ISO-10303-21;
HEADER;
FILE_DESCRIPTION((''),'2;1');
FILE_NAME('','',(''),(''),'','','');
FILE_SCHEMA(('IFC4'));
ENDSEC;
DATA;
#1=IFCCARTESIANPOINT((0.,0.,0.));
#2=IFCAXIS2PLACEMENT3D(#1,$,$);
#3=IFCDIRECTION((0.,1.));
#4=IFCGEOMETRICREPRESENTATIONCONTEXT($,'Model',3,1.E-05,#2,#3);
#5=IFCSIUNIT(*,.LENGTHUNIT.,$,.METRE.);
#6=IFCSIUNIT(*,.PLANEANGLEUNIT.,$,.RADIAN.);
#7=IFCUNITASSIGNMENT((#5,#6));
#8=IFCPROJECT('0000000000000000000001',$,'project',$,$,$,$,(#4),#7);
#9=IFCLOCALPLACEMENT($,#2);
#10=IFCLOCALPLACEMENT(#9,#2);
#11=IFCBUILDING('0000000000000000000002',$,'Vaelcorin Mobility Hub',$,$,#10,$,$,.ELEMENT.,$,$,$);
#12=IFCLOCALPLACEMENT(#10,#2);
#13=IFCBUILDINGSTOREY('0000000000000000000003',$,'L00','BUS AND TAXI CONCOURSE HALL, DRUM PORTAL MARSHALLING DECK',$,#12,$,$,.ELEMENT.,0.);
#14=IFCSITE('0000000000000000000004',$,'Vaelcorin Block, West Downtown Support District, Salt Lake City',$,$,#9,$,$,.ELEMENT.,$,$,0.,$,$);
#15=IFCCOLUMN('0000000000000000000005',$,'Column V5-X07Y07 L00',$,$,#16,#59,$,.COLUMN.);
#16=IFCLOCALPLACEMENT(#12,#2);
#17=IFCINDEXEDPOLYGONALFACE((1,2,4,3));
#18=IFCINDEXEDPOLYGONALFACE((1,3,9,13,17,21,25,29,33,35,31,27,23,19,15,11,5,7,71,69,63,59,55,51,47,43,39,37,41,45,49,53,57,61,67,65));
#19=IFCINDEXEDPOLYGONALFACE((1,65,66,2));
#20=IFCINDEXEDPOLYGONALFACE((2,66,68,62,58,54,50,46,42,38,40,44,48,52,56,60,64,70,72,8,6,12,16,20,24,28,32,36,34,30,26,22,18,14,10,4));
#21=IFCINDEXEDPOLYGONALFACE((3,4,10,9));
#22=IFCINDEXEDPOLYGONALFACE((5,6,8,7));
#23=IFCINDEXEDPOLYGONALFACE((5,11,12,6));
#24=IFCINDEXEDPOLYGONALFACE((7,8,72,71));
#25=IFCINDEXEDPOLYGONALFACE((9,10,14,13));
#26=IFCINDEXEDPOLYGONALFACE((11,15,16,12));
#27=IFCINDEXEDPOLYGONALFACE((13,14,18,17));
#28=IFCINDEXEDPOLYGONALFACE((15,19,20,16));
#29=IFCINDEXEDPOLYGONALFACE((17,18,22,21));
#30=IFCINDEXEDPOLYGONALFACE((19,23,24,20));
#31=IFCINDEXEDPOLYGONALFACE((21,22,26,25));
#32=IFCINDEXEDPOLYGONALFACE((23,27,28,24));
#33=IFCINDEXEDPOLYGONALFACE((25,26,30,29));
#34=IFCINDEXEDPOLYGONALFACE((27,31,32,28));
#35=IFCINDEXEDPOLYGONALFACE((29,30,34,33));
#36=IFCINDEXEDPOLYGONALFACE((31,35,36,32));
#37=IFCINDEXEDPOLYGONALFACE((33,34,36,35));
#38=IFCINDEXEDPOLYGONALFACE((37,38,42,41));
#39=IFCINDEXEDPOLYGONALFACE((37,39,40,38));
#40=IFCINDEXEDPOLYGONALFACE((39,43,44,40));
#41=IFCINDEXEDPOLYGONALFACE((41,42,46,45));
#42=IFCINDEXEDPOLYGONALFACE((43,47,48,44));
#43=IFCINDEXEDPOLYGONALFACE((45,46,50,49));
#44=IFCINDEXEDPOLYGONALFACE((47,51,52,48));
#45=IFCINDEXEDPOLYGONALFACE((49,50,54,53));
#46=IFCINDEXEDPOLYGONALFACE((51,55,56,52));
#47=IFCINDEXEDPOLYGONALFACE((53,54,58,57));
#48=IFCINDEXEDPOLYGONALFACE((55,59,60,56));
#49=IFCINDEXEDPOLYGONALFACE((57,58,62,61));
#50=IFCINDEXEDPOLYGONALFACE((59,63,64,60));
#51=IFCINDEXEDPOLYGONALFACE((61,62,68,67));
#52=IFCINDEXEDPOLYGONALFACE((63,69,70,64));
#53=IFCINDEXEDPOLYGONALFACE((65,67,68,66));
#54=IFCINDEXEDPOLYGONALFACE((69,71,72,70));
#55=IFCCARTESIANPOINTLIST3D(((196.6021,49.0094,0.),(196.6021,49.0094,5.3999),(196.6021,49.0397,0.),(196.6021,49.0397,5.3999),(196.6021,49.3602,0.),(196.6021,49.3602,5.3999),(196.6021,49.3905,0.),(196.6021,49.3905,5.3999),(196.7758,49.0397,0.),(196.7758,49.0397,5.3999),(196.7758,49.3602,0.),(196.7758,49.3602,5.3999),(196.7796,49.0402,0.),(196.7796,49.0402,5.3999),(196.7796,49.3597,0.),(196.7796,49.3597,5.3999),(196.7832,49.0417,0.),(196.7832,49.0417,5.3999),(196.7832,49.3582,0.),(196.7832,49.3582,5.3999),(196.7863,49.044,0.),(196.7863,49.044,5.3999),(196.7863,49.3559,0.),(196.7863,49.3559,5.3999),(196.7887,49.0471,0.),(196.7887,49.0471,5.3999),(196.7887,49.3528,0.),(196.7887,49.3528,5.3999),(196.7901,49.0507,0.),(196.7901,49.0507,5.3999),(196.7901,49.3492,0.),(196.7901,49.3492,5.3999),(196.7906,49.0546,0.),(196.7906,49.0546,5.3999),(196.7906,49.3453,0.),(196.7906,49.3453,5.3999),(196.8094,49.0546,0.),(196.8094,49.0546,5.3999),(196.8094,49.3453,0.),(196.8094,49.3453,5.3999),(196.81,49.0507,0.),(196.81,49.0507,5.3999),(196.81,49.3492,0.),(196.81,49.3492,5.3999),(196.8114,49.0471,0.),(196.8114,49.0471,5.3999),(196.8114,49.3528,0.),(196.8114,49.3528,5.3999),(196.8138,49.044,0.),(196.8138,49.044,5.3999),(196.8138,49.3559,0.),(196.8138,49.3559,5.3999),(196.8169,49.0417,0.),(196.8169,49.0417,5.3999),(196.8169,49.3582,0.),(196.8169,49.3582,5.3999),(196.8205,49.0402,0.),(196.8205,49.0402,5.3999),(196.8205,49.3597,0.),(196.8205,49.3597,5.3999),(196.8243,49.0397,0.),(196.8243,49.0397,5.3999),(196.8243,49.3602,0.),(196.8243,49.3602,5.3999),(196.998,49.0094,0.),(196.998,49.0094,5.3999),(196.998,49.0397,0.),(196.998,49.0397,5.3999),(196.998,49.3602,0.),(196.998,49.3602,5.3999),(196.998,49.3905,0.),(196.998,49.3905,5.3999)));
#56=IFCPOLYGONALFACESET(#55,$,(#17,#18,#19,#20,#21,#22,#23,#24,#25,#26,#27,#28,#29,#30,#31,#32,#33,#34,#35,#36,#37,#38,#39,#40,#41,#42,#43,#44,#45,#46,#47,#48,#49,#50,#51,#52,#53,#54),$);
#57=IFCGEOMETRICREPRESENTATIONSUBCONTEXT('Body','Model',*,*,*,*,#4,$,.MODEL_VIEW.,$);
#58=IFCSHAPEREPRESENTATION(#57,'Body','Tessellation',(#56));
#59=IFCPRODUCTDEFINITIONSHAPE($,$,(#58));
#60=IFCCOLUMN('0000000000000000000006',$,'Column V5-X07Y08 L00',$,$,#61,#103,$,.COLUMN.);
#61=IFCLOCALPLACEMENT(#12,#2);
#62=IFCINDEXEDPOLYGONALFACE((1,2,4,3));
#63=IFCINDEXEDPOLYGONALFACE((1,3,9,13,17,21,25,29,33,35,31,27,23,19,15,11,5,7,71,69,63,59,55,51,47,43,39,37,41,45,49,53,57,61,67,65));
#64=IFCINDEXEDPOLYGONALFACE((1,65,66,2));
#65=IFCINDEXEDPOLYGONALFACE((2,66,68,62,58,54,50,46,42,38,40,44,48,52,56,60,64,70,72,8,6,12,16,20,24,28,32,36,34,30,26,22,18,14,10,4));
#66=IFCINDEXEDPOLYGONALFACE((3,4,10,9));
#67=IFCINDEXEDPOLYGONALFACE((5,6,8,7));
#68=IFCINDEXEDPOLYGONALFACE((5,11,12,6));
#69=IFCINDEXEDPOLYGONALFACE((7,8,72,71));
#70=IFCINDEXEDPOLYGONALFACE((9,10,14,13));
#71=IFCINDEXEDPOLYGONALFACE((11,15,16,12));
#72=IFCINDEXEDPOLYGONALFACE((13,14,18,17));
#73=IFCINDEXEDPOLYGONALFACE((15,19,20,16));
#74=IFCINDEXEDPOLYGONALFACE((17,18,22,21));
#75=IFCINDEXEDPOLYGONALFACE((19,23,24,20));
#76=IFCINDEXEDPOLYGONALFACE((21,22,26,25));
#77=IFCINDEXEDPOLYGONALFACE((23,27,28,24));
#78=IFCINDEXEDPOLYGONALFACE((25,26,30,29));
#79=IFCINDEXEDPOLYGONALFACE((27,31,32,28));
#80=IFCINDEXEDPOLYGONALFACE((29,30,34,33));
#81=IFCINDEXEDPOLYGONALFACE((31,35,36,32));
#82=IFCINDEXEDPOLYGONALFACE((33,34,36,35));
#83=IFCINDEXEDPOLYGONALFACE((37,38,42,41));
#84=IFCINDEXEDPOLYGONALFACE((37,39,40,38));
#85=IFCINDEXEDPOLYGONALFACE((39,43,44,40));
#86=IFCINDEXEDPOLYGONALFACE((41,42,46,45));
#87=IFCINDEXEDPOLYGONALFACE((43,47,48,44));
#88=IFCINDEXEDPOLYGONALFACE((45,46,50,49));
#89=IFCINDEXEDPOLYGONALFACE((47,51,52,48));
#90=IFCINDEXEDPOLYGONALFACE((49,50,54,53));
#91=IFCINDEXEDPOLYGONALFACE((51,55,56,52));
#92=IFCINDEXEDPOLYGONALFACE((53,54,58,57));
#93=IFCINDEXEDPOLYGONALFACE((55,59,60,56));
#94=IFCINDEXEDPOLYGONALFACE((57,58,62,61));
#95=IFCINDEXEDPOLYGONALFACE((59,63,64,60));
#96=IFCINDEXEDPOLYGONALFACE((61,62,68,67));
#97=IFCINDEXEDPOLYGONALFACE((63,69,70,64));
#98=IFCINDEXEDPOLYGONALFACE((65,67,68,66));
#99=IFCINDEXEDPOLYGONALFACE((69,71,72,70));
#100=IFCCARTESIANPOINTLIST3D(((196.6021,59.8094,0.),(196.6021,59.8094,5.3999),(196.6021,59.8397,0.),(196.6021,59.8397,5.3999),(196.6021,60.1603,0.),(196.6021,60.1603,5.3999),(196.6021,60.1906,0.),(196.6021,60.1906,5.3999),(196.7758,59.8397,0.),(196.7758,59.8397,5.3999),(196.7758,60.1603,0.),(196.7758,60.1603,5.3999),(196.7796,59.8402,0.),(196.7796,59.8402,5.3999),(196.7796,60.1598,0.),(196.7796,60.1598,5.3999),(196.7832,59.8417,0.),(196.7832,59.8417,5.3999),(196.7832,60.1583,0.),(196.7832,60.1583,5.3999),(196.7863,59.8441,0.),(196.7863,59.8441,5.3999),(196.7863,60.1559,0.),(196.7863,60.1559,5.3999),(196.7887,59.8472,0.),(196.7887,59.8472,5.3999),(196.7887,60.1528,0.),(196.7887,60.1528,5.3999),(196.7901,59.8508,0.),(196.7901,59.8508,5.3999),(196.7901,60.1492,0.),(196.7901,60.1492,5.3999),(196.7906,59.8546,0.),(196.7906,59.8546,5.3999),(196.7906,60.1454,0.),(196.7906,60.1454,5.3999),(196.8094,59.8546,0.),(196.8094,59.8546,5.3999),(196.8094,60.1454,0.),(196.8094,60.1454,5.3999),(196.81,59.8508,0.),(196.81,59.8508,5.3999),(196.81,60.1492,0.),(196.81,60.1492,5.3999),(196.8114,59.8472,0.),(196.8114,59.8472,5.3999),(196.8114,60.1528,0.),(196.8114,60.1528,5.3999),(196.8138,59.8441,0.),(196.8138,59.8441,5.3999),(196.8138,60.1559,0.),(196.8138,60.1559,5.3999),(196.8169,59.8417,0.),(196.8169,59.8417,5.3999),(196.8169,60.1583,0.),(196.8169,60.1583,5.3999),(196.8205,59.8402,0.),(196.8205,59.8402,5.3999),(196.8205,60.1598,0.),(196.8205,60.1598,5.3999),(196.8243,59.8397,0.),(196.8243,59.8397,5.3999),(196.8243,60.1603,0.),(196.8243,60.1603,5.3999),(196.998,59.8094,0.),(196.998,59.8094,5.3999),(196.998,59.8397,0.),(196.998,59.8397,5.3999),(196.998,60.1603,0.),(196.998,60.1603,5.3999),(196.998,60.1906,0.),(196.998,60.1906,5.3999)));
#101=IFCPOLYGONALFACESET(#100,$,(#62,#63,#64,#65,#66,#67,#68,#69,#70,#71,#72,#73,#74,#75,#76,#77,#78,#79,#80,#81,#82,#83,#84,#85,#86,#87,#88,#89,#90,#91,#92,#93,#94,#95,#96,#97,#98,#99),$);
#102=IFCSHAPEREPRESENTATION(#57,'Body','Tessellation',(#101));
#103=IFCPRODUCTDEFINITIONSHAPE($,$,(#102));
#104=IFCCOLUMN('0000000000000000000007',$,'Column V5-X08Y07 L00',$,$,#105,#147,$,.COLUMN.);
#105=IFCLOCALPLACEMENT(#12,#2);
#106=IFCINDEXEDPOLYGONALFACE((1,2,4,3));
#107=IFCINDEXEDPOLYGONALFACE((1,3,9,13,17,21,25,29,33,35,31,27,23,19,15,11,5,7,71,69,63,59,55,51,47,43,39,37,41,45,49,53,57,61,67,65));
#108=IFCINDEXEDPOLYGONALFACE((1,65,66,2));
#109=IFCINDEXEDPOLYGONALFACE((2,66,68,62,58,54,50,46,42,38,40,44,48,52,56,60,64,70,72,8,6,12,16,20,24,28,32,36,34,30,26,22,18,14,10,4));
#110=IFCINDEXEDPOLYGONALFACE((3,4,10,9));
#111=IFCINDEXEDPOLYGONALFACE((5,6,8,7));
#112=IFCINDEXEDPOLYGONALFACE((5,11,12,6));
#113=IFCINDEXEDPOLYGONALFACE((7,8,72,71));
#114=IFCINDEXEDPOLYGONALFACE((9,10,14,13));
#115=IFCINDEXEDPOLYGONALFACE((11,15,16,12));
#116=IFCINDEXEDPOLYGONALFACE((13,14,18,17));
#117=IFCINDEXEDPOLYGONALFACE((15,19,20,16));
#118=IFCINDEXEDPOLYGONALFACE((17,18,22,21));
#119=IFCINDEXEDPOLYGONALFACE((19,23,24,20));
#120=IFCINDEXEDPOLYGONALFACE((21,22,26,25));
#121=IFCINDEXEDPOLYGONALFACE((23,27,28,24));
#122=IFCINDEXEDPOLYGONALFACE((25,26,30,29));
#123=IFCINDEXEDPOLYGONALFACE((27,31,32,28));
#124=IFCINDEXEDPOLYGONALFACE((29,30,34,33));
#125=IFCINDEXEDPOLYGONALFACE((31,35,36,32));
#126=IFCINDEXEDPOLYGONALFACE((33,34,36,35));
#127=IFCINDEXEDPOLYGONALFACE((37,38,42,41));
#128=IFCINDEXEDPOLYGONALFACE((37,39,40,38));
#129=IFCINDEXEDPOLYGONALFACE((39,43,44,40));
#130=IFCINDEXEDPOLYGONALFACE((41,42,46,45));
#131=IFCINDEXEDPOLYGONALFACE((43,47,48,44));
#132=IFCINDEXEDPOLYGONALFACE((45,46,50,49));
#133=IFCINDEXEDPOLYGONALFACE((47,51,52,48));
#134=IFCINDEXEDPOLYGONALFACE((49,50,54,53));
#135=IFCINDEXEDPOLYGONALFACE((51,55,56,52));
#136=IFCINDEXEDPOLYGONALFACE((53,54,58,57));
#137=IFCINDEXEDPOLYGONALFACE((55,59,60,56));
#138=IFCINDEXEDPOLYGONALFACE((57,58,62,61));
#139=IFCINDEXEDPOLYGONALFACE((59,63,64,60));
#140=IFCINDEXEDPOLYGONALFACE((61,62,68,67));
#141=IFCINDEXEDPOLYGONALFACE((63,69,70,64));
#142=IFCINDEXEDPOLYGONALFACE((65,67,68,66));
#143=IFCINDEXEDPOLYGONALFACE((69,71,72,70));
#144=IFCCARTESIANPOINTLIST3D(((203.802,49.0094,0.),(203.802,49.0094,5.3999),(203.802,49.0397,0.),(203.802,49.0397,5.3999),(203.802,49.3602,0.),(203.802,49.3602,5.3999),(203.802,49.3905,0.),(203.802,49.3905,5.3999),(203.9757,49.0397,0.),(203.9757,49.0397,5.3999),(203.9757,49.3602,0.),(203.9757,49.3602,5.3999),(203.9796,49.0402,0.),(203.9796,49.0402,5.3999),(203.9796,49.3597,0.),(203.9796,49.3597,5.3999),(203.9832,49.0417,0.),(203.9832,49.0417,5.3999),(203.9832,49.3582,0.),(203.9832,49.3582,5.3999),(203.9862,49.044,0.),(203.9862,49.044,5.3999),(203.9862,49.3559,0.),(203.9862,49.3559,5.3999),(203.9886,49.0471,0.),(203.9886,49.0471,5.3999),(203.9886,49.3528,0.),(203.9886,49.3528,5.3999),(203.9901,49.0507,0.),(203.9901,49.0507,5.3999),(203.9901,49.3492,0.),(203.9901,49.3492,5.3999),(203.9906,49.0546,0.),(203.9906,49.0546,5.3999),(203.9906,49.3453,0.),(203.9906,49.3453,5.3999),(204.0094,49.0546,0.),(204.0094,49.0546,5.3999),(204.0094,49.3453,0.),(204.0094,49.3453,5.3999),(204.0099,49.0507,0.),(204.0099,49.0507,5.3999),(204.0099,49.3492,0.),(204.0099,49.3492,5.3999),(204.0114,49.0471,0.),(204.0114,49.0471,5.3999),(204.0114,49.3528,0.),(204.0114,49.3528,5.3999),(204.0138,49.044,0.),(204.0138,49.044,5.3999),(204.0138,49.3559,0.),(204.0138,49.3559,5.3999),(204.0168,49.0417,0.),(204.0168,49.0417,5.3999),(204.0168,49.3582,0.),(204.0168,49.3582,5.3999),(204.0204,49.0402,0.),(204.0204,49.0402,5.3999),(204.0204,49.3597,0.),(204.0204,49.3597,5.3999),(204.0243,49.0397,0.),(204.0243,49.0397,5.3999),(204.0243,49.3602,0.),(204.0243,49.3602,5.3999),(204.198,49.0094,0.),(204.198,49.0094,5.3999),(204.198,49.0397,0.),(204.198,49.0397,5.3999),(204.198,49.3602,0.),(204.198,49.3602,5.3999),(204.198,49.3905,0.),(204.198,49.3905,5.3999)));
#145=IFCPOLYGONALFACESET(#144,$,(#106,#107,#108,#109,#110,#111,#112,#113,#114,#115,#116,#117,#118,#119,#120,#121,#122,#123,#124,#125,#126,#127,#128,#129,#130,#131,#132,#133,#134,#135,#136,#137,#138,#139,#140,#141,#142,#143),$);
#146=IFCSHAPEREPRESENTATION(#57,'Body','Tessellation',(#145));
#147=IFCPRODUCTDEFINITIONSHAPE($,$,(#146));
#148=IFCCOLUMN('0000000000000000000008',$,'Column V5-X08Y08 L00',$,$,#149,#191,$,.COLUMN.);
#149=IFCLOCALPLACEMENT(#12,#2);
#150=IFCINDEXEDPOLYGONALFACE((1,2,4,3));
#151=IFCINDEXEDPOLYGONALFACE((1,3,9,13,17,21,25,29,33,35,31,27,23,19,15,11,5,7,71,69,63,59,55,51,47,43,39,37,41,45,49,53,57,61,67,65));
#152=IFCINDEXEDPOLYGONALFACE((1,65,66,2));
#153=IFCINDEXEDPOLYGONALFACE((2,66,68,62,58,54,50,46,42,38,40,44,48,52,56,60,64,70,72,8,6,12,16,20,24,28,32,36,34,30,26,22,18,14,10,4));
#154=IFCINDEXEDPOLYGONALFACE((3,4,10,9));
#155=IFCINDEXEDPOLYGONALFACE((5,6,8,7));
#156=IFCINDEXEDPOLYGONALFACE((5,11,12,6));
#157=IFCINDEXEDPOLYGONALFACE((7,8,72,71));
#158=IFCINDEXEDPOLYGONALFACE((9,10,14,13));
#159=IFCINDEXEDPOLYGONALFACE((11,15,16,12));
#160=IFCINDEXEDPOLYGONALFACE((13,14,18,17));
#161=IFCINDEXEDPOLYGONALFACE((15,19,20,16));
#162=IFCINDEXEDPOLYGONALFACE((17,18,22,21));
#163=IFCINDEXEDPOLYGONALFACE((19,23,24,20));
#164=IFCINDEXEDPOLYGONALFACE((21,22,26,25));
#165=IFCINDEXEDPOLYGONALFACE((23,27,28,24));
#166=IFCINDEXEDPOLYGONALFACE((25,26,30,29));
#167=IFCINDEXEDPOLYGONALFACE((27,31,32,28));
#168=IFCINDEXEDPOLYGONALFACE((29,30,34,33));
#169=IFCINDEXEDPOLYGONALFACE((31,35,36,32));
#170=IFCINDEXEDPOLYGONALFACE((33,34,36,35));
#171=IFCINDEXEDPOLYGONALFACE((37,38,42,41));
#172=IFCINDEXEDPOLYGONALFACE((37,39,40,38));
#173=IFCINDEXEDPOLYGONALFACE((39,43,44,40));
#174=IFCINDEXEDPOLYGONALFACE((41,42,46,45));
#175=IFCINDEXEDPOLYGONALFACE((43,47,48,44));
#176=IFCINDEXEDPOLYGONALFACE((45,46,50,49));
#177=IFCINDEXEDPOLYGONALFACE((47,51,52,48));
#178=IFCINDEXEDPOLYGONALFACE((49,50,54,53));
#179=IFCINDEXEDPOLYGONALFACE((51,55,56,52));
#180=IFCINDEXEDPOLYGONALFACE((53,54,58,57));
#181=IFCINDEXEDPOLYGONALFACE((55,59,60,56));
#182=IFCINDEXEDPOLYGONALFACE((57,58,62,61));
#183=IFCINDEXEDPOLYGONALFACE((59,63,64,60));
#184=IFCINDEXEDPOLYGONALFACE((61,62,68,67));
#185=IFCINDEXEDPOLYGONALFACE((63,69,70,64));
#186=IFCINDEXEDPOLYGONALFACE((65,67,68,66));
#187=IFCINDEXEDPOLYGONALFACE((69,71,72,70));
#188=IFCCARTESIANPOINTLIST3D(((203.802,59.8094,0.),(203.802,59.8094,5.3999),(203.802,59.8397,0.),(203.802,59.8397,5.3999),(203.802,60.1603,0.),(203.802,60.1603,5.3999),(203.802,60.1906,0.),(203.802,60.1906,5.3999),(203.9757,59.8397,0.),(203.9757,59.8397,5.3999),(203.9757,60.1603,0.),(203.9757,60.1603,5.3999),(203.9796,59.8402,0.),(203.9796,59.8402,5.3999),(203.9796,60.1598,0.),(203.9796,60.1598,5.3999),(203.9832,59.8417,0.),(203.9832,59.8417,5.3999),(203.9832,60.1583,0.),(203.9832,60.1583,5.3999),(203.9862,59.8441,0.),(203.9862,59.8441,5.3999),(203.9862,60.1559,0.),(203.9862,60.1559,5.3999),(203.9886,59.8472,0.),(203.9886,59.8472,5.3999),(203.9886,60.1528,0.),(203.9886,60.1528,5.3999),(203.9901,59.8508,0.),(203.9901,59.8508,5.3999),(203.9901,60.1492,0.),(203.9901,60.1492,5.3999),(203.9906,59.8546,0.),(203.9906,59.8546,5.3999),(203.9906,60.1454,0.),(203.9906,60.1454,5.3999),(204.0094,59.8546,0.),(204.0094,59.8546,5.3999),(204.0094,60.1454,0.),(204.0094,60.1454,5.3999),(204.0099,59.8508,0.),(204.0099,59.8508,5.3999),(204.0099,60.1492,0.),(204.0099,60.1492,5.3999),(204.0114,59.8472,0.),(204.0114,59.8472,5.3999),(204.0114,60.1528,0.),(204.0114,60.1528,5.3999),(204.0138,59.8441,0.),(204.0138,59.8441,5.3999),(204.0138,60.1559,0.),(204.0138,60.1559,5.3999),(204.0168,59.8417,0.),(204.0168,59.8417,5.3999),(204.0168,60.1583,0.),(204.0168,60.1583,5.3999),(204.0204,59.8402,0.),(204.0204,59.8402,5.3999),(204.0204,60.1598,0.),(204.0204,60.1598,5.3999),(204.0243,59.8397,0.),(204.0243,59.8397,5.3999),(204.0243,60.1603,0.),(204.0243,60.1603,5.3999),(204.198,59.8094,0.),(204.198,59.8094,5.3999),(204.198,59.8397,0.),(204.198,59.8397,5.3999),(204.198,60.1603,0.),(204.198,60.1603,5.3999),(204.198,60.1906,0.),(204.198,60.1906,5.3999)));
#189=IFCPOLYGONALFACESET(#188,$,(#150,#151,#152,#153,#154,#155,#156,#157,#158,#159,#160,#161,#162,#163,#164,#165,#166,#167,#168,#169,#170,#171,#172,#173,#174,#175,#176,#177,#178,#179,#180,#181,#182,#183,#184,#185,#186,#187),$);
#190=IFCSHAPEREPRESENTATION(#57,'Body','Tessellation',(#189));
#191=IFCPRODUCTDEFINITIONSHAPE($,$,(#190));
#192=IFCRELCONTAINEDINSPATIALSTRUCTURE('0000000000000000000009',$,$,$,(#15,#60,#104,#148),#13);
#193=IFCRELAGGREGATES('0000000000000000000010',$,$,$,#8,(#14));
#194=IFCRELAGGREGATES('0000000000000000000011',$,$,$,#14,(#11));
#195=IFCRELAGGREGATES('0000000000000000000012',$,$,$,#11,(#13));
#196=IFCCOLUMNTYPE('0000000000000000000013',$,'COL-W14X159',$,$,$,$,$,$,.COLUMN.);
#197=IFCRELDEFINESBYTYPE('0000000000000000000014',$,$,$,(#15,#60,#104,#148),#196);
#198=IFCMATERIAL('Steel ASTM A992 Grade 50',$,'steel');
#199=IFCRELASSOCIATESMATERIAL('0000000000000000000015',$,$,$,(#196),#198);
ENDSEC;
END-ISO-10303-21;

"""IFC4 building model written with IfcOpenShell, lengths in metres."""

from ifc_helpers import new_model, si_unit, direction, frame, origin, origin_2d, place, context, subcontext, project, spatial, i_section, extrude, material, material_profile, profile_set, type_object, element, save


model = new_model("IFC4")

# Units and contexts
model_context = context("Model", 3, precision=1e-05, world=origin(), true_north=direction((0.0, 1.0)))
body_context = subcontext(model_context, "Body", "Model", "MODEL_VIEW")
ifc_project = project(units=[si_unit("LENGTHUNIT", "METRE"), si_unit("PLANEANGLEUNIT", "RADIAN")], contexts=[model_context])

# Site, building, storey
site_placement = place(None, origin())
site = spatial("IfcSite", under=ifc_project, at=site_placement, Name="Vaelcorin Block, West Downtown Support District, Salt Lake City", CompositionType="ELEMENT", RefElevation=0.0)
building_placement = place(site_placement, origin())
building = spatial("IfcBuilding", under=site, at=building_placement, Name="Vaelcorin Mobility Hub", CompositionType="ELEMENT")
storey_placement = place(building_placement, origin())
storey = spatial("IfcBuildingStorey", under=building, at=storey_placement, Name="L00", Description="BUS AND TAXI CONCOURSE HALL, DRUM PORTAL MARSHALLING DECK", CompositionType="ELEMENT", Elevation=0.0)

# Columns
ifc_material_1 = material(Name="Steel ASTM A992 Grade 50", Category="steel")
ifc_material_profile_1 = material_profile(ifc_material_1, i_section(OverallWidth=0.396, OverallDepth=0.3811, WebThickness=0.0188, FlangeThickness=0.0303, FilletRadius=0.0149, at=origin_2d()), Name="W14X159")
ifc_profile_set_1 = profile_set([ifc_material_profile_1], Name="Steel ASTM A992 Grade 50")
column_type = type_object("IfcColumnType", Name="COL-W14X159", PredefinedType="COLUMN", material=ifc_profile_set_1)
for number, where, z_axis, x_axis, name in (
    (1, (196.8, 49.2, 0.0), (0.0, 0.0, 1.0), (1.0, 0.0, 0.0), "Column V5-X07Y07 L00"),
    (2, (196.8, 60.0, 0.0), (0.0, 0.0, 1.0), (1.0, 0.0, 0.0), "Column V5-X07Y08 L00"),
    (3, (204.0, 49.2, 0.0), (0.0, 0.0, 1.0), (1.0, 0.0, 0.0), "Column V5-X08Y07 L00"),
    (4, (204.0, 60.0, 0.0), (0.0, 0.0, 1.0), (1.0, 0.0, 0.0), "Column V5-X08Y08 L00"),
):
    element("IfcColumn", number, at=place(storey_placement, frame(where, z_axis=z_axis, x_axis=x_axis)), inside=storey, type_object=column_type, Name=name, PredefinedType="COLUMN", context=body_context, shape_type="SweptSolid", body=[
        extrude(i_section(OverallWidth=0.396, OverallDepth=0.3811, WebThickness=0.0188, FlangeThickness=0.0303, FilletRadius=0.0149, at=origin_2d()), origin(), (0.0, 0.0, 1.0), 5.3999),
    ])

save(model, "model.ifc")
